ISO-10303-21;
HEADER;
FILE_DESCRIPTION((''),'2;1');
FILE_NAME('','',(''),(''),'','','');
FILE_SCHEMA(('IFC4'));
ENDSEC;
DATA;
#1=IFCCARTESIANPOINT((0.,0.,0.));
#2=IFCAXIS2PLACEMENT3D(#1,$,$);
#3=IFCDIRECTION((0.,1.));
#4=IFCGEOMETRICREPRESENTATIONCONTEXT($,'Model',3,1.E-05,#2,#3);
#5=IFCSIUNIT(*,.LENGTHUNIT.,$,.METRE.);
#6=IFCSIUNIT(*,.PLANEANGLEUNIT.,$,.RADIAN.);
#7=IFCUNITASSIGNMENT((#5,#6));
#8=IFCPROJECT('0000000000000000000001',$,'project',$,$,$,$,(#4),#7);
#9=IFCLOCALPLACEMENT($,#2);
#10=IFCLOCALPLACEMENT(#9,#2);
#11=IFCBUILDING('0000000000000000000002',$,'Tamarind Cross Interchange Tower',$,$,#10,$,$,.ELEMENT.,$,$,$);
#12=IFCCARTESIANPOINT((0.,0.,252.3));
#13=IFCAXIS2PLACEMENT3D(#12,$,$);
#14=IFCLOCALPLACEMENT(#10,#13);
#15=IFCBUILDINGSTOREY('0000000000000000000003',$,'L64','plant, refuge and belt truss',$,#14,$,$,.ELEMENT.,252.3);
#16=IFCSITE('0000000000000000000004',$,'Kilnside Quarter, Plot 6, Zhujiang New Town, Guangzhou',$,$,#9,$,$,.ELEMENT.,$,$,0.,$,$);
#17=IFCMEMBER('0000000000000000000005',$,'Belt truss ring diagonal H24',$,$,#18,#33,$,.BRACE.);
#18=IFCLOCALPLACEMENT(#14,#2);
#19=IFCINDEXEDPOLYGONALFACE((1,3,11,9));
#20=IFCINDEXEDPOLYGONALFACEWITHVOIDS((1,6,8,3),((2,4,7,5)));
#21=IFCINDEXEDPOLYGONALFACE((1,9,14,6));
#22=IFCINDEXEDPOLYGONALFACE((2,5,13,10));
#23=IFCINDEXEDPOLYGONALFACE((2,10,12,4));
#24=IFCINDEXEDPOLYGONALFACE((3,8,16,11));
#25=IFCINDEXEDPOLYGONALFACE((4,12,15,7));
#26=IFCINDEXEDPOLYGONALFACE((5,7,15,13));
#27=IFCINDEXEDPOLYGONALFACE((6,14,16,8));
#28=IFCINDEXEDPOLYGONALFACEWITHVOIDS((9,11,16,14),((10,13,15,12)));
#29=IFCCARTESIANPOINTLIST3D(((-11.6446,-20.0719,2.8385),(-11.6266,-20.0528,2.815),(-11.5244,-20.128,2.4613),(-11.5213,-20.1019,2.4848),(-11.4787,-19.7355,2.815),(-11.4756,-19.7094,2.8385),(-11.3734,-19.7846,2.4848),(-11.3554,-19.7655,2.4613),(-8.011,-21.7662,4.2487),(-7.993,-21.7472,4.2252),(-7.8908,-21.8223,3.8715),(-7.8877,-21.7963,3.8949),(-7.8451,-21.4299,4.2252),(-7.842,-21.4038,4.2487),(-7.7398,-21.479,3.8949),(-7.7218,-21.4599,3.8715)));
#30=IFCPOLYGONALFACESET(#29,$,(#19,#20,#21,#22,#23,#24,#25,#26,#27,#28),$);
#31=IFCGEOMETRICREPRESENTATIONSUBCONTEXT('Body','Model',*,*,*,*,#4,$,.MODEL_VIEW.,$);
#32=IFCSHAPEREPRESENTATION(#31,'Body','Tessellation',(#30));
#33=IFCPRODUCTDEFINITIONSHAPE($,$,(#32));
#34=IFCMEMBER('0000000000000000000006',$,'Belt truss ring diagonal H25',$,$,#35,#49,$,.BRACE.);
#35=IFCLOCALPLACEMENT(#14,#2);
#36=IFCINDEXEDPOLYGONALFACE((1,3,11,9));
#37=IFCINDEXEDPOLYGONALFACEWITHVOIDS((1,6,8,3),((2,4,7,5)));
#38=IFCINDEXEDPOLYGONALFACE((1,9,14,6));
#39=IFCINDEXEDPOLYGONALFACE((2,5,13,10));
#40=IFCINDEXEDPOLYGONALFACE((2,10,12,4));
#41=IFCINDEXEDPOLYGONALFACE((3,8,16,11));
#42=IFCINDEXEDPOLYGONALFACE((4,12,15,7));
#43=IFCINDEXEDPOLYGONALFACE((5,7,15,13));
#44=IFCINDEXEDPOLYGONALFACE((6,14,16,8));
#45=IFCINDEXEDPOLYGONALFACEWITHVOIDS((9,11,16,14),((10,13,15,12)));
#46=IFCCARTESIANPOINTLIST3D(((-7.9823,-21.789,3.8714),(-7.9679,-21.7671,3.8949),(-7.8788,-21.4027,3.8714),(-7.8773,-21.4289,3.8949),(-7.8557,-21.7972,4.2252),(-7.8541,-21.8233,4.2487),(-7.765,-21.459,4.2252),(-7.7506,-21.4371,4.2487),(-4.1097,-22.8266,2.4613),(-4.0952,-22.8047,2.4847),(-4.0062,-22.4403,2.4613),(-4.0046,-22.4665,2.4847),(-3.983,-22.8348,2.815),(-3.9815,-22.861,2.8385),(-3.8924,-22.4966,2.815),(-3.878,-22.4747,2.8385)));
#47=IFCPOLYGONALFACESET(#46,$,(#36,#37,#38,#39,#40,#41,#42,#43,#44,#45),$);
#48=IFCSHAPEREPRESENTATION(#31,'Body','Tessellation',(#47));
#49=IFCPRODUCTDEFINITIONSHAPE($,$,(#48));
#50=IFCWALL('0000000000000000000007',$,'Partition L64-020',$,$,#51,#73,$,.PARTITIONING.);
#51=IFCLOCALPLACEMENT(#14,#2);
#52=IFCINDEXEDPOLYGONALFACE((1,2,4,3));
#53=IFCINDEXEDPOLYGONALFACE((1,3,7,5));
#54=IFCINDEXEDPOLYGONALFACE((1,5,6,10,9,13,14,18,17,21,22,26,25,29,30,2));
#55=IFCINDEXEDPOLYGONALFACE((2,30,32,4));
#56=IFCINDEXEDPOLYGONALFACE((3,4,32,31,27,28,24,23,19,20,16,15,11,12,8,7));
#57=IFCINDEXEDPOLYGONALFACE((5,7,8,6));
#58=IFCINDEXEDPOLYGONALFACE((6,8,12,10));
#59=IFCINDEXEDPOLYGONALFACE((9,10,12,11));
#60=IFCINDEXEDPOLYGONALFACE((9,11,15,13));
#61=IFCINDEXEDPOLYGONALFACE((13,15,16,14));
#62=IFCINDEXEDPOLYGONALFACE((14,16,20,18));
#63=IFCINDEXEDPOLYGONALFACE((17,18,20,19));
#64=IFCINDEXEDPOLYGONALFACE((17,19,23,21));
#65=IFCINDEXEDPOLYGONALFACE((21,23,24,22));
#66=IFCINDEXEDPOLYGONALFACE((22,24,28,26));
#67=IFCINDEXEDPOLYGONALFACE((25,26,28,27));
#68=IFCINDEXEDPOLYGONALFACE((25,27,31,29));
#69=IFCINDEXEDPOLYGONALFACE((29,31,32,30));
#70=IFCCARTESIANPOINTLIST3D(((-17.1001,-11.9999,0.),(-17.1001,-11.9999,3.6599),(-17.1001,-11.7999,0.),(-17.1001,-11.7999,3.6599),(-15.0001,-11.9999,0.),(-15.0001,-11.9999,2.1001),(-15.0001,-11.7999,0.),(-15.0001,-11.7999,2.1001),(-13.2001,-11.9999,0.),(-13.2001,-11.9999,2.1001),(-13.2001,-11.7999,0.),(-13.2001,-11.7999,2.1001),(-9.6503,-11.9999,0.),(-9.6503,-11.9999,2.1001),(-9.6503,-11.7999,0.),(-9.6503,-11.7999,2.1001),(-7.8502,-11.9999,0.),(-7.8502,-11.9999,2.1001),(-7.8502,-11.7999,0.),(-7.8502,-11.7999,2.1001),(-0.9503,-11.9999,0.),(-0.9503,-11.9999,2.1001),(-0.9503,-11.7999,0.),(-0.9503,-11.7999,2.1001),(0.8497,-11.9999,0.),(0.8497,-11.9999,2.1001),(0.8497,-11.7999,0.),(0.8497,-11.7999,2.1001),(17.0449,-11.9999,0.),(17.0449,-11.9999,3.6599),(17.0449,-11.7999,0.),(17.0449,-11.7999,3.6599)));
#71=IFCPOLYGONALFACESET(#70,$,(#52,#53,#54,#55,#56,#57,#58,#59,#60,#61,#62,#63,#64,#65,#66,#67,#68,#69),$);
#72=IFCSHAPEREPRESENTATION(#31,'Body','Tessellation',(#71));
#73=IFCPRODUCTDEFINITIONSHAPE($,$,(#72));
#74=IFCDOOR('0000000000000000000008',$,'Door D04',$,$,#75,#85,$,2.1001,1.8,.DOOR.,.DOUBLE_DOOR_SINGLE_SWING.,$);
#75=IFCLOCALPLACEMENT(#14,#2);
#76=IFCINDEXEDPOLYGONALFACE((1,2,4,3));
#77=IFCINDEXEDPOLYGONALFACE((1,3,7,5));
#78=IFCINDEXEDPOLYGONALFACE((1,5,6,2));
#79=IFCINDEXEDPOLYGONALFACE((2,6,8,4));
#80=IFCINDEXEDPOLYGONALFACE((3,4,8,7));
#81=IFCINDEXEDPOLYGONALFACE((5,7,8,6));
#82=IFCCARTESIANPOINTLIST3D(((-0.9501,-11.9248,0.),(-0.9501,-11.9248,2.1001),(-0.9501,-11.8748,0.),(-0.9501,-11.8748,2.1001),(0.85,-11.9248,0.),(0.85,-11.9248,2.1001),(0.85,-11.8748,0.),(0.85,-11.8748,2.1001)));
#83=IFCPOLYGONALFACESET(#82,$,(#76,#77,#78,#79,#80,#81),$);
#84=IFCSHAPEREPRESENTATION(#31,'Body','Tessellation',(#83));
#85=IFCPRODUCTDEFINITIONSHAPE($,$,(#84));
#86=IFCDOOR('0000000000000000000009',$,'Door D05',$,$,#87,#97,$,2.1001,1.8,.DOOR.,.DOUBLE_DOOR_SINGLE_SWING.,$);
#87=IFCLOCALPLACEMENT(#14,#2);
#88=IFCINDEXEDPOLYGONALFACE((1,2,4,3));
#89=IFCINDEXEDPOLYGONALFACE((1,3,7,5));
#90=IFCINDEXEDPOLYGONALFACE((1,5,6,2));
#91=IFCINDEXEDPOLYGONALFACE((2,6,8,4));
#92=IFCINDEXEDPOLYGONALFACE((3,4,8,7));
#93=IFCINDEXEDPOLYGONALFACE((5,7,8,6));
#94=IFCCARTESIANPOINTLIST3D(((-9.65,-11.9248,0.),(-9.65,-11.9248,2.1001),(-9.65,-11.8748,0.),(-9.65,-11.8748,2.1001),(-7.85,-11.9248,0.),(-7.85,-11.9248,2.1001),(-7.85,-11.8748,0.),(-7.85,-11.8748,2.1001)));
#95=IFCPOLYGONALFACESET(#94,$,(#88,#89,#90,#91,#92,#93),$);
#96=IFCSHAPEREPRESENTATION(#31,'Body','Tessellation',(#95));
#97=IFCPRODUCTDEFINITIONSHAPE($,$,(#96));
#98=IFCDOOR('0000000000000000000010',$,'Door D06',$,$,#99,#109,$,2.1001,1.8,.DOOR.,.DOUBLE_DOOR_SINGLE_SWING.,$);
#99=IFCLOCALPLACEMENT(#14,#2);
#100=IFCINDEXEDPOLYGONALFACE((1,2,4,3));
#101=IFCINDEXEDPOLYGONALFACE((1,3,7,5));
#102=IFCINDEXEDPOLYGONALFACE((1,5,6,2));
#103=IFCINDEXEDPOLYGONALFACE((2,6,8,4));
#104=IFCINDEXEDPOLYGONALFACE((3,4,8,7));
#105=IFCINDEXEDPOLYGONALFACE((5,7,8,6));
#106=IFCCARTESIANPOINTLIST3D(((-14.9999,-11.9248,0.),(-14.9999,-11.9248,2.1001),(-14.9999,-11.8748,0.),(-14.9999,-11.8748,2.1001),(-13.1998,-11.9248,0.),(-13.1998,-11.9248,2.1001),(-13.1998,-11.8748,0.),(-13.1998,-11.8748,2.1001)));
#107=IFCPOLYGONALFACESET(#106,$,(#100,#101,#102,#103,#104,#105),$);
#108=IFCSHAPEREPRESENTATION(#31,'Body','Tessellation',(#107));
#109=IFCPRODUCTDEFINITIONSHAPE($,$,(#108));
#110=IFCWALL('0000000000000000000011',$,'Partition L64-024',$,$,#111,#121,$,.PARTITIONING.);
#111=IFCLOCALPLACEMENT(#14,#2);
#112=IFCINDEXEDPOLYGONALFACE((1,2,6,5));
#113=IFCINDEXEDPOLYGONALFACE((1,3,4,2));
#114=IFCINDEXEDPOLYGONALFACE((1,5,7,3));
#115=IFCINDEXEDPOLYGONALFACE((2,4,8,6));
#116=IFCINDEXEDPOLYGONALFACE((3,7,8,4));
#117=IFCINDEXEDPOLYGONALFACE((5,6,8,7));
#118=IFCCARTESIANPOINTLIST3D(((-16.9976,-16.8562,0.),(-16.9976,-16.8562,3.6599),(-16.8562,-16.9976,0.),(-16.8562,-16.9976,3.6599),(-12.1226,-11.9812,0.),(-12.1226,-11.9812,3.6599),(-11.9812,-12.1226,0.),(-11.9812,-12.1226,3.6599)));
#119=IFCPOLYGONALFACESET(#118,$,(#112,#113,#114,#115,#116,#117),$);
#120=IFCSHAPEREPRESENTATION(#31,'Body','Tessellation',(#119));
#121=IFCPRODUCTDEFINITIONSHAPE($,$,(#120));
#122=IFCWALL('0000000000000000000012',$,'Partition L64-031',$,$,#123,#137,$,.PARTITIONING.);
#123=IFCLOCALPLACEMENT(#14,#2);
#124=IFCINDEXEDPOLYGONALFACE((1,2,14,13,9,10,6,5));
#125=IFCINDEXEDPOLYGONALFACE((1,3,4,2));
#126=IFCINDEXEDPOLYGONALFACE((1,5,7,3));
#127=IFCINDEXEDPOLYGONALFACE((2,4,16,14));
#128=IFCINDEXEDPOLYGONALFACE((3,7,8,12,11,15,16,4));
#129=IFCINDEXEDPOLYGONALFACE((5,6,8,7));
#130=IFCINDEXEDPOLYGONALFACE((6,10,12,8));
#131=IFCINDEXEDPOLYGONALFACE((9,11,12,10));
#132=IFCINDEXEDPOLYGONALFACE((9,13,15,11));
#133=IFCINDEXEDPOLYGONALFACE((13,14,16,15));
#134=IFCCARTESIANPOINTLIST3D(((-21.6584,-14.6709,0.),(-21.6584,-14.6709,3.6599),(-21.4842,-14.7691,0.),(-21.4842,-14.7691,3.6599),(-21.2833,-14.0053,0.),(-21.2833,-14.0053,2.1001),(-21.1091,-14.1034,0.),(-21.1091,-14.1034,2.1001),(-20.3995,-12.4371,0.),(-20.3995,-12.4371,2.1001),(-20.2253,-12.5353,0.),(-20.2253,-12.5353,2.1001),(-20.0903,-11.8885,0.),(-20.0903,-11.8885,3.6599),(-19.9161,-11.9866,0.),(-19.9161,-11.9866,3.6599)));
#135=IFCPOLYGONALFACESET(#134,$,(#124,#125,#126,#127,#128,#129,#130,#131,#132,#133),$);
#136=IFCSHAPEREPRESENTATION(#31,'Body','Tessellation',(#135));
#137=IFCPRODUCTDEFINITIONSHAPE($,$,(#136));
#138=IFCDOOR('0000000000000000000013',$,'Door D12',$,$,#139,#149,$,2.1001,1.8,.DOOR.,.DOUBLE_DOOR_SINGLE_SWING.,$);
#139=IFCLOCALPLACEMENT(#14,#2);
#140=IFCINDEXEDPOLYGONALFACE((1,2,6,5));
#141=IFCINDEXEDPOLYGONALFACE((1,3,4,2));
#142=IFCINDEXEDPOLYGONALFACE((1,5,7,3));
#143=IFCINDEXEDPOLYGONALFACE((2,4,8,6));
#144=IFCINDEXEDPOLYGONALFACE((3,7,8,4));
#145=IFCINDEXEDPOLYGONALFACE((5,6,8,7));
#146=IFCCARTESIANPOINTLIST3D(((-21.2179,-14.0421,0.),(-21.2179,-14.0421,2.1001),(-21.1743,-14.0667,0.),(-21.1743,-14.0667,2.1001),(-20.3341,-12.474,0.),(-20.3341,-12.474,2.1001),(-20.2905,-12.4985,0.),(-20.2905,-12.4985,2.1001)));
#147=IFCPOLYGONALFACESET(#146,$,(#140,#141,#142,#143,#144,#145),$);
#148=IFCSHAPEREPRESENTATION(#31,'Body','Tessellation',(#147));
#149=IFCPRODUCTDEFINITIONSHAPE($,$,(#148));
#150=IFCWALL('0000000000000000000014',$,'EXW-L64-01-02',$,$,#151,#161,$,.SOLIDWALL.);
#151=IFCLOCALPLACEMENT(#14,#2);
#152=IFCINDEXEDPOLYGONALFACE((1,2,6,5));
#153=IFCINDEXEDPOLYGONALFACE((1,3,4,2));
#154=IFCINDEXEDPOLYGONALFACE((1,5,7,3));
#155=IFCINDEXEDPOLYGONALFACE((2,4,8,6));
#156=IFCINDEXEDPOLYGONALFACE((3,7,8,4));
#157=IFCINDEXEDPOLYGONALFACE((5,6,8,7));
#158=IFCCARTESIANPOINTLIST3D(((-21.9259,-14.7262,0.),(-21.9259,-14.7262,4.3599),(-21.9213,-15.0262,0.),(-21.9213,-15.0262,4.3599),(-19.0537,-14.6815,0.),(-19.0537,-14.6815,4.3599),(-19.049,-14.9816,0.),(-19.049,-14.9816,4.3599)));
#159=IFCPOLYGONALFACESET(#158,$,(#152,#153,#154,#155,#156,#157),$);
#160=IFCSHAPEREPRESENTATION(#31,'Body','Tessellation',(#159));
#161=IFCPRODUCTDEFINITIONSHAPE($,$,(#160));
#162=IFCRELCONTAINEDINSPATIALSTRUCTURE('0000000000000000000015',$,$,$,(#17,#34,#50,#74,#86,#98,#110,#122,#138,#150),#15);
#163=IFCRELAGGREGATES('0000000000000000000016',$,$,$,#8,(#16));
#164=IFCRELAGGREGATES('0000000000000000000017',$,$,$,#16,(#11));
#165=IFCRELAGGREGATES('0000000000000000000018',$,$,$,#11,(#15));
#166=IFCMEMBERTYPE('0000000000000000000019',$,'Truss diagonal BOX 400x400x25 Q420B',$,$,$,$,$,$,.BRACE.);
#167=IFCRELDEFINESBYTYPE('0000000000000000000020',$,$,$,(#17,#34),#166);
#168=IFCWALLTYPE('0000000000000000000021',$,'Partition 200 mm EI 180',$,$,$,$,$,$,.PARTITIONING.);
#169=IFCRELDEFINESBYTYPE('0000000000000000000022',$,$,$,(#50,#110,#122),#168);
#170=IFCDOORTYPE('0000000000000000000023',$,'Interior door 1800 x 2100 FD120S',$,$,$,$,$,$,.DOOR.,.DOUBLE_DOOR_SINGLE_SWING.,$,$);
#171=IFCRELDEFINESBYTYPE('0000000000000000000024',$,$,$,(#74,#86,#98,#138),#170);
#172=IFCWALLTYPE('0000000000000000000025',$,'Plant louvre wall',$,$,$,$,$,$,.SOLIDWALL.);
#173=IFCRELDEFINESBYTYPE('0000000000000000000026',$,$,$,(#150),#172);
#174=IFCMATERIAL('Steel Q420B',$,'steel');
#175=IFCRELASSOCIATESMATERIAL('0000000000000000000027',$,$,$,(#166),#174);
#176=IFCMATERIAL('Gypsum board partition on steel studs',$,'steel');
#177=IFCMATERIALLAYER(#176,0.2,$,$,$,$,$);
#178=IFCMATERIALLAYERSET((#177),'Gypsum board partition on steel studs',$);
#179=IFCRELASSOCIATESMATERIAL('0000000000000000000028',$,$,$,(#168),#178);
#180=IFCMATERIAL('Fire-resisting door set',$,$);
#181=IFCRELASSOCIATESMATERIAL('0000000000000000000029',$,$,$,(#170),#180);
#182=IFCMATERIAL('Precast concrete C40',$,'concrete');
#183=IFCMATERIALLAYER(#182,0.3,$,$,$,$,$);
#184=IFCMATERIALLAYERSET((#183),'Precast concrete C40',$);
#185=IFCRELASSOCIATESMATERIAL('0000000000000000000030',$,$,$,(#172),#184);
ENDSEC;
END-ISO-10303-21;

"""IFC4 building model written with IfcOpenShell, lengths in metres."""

from ifc_helpers import new_model, si_unit, direction, frame, frame_2d, origin, origin_2d, place, context, subcontext, project, spatial, rectangle, hollow_rectangle, extrude, material, layer, layer_set, material_profile, profile_set, type_object, element, fill, save


model = new_model("IFC4")

# Units and contexts
model_context = context("Model", 3, precision=1e-05, world=origin(), true_north=direction((0.0, 1.0)))
body_context = subcontext(model_context, "Body", "Model", "MODEL_VIEW")
ifc_project = project(units=[si_unit("LENGTHUNIT", "METRE"), si_unit("PLANEANGLEUNIT", "RADIAN")], contexts=[model_context])

# Site, building, storey
site_placement = place(None, origin())
site = spatial("IfcSite", under=ifc_project, at=site_placement, Name="Kilnside Quarter, Plot 6, Zhujiang New Town, Guangzhou", CompositionType="ELEMENT", RefElevation=0.0)
building_placement = place(site_placement, origin())
building = spatial("IfcBuilding", under=site, at=building_placement, Name="Tamarind Cross Interchange Tower", CompositionType="ELEMENT")
storey_placement = place(building_placement, frame((0.0, 0.0, 252.3)))
storey = spatial("IfcBuildingStorey", under=building, at=storey_placement, Name="L64", Description="plant, refuge and belt truss", CompositionType="ELEMENT", Elevation=252.3)

# Members
ifc_material_1 = material(Name="Steel Q420B", Category="steel")
ifc_material_profile_1 = material_profile(ifc_material_1, hollow_rectangle(XDim=0.3999, YDim=0.3999, WallThickness=0.0249, at=origin_2d()), Name="BOX 400x400x25")
ifc_profile_set_1 = profile_set([ifc_material_profile_1], Name="Steel Q420B")
member_type_1 = type_object("IfcMemberType", Name="Truss diagonal BOX 400x400x25 Q420B", PredefinedType="BRACE", material=ifc_profile_set_1)
for number, where, z_axis, x_axis, name in (
    (1, (-11.5, -19.9187, 2.6499), (0.854964, -0.398673, 0.331806), (0.422615, 0.906309, 0.0), "Belt truss ring diagonal H24"),
    (2, (-7.8665, -21.613, 4.0601), (0.911206, -0.244145, -0.331807), (0.258807, 0.965929, 0.0), "Belt truss ring diagonal H25"),
):
    element("IfcMember", number, at=place(storey_placement, frame(where, z_axis=z_axis, x_axis=x_axis)), inside=storey, type_object=member_type_1, Name=name, PredefinedType="BRACE", context=body_context, shape_type="SweptSolid", body=[
        extrude(hollow_rectangle(XDim=0.3999, YDim=0.3999, WallThickness=0.0249, at=origin_2d()), origin(), (0.0, 0.0, 1.0), 4.25),
    ])

# Wall, openings, doors
ifc_material_2 = material(Name="Gypsum board partition on steel studs", Category="steel")
ifc_layer_1 = layer(ifc_material_2, 0.2)
ifc_layer_set_1 = layer_set([ifc_layer_1], Name="Gypsum board partition on steel studs")
wall_type_1 = type_object("IfcWallType", Name="Partition 200 mm EI 180", PredefinedType="PARTITIONING", material=ifc_layer_set_1)
wall_1_placement = place(storey_placement, frame((-17.1001, -11.8999, 0.0), z_axis=(0.0, 0.0, 1.0), x_axis=(1.0, 0.0, 0.0)))
wall_1 = element("IfcWall", 3, at=wall_1_placement, inside=storey, type_object=wall_type_1, Name="Partition L64-020", PredefinedType="PARTITIONING", context=body_context, shape_type="SweptSolid", body=[
    extrude(rectangle(XDim=34.145, YDim=0.2, at=frame_2d((17.0725, 0.0))), origin(), (0.0, 0.0, 1.0), 3.6599),
])
opening_1_placement = place(wall_1_placement, frame((16.1499, 0.0, 0.0)))
opening_1 = element("IfcOpeningElement", 4, at=opening_1_placement, cuts=wall_1, PredefinedType="OPENING", context=body_context, shape_type="SweptSolid", body=[
    extrude(rectangle(XDim=1.8, YDim=2.1001, at=frame_2d((0.8999, 1.05))), frame((0.0, 0.1099, 0.0), z_axis=(0.0, -1.0, 0.0), x_axis=(1.0, 0.0, 0.0)), (0.0, 0.0, 1.0), 0.22),
])
opening_2_placement = place(wall_1_placement, frame((7.45, 0.0, 0.0)))
opening_2 = element("IfcOpeningElement", 5, at=opening_2_placement, cuts=wall_1, PredefinedType="OPENING", context=body_context, shape_type="SweptSolid", body=[
    extrude(rectangle(XDim=1.8, YDim=2.1001, at=frame_2d((0.8999, 1.05))), frame((0.0, 0.1099, 0.0), z_axis=(0.0, -1.0, 0.0), x_axis=(1.0, 0.0, 0.0)), (0.0, 0.0, 1.0), 0.22),
])
opening_3_placement = place(wall_1_placement, frame((2.1001, 0.0, 0.0)))
opening_3 = element("IfcOpeningElement", 6, at=opening_3_placement, cuts=wall_1, PredefinedType="OPENING", context=body_context, shape_type="SweptSolid", body=[
    extrude(rectangle(XDim=1.8, YDim=2.1001, at=frame_2d((0.8999, 1.05))), frame((0.0, 0.1099, 0.0), z_axis=(0.0, -1.0, 0.0), x_axis=(1.0, 0.0, 0.0)), (0.0, 0.0, 1.0), 0.22),
])
ifc_material_3 = material(Name="Fire-resisting door set")
door_type = type_object("IfcDoorType", Name="Interior door 1800 x 2100 FD120S", OperationType="DOUBLE_DOOR_SINGLE_SWING", PredefinedType="DOOR", material=ifc_material_3)
door_1_placement = place(opening_1_placement, frame((1.8, 0.0, 0.0), z_axis=(0.0, 0.0, 1.0), x_axis=(-1.0, 0.0, 0.0)))
door_1 = element("IfcDoor", 7, at=door_1_placement, inside=storey, type_object=door_type, Name="Door D04", OperationType="DOUBLE_DOOR_SINGLE_SWING", OverallHeight=2.1001, OverallWidth=1.8, PredefinedType="DOOR", context=body_context, shape_type="SweptSolid", body=[
    extrude(rectangle(XDim=1.8, YDim=2.1001, at=frame_2d((0.8999, 1.05))), frame((0.0, 0.0249, 0.0), z_axis=(0.0, -1.0, 0.0), x_axis=(1.0, 0.0, 0.0)), (0.0, 0.0, 1.0), 0.05),
])
fill(opening_1, door_1)
door_2_placement = place(opening_2_placement, frame((1.8, 0.0, 0.0), z_axis=(0.0, 0.0, 1.0), x_axis=(-1.0, 0.0, 0.0)))
door_2 = element("IfcDoor", 8, at=door_2_placement, inside=storey, type_object=door_type, Name="Door D05", OperationType="DOUBLE_DOOR_SINGLE_SWING", OverallHeight=2.1001, OverallWidth=1.8, PredefinedType="DOOR", context=body_context, shape_type="SweptSolid", body=[
    extrude(rectangle(XDim=1.8, YDim=2.1001, at=frame_2d((0.8999, 1.05))), frame((0.0, 0.0249, 0.0), z_axis=(0.0, -1.0, 0.0), x_axis=(1.0, 0.0, 0.0)), (0.0, 0.0, 1.0), 0.05),
])
fill(opening_2, door_2)
door_3_placement = place(opening_3_placement, frame((1.8, 0.0, 0.0), z_axis=(0.0, 0.0, 1.0), x_axis=(-1.0, 0.0, 0.0)))
door_3 = element("IfcDoor", 9, at=door_3_placement, inside=storey, type_object=door_type, Name="Door D06", OperationType="DOUBLE_DOOR_SINGLE_SWING", OverallHeight=2.1001, OverallWidth=1.8, PredefinedType="DOOR", context=body_context, shape_type="SweptSolid", body=[
    extrude(rectangle(XDim=1.8, YDim=2.1001, at=frame_2d((0.8999, 1.05))), frame((0.0, 0.0249, 0.0), z_axis=(0.0, -1.0, 0.0), x_axis=(1.0, 0.0, 0.0)), (0.0, 0.0, 1.0), 0.05),
])
fill(opening_3, door_3)

# Wall
wall_2_placement = place(storey_placement, frame((-16.927, -16.927, 0.0), z_axis=(0.0, 0.0, 1.0), x_axis=(0.707107, 0.707107, 0.0)))
element("IfcWall", 10, at=wall_2_placement, inside=storey, type_object=wall_type_1, Name="Partition L64-024", PredefinedType="PARTITIONING", context=body_context, shape_type="SweptSolid", body=[
    extrude(rectangle(XDim=6.8943, YDim=0.2, at=frame_2d((3.4473, 0.0))), origin(), (0.0, 0.0, 1.0), 3.6599),
])

# Wall, opening, door
wall_3_placement = place(storey_placement, frame((-21.5713, -14.72, 0.0), z_axis=(0.0, 0.0, 1.0), x_axis=(0.490969, 0.871177, 0.0)))
wall_3 = element("IfcWall", 11, at=wall_3_placement, inside=storey, type_object=wall_type_1, Name="Partition L64-031", PredefinedType="PARTITIONING", context=body_context, shape_type="SweptSolid", body=[
    extrude(rectangle(XDim=3.1938, YDim=0.2, at=frame_2d((1.5969, 0.0))), origin(), (0.0, 0.0, 1.0), 3.6599),
])
opening_4_placement = place(wall_3_placement, frame((0.7642, 0.0, 0.0)))
opening_4 = element("IfcOpeningElement", 12, at=opening_4_placement, cuts=wall_3, PredefinedType="OPENING", context=body_context, shape_type="SweptSolid", body=[
    extrude(rectangle(XDim=1.8, YDim=2.1001, at=frame_2d((0.8999, 1.05))), frame((0.0, 0.1099, 0.0), z_axis=(0.0, -1.0, 0.0), x_axis=(1.0, 0.0, 0.0)), (0.0, 0.0, 1.0), 0.22),
])
door_4_placement = place(opening_4_placement, origin())
door_4 = element("IfcDoor", 13, at=door_4_placement, inside=storey, type_object=door_type, Name="Door D12", OperationType="DOUBLE_DOOR_SINGLE_SWING", OverallHeight=2.1001, OverallWidth=1.8, PredefinedType="DOOR", context=body_context, shape_type="SweptSolid", body=[
    extrude(rectangle(XDim=1.8, YDim=2.1001, at=frame_2d((0.8999, 1.05))), frame((0.0, 0.0249, 0.0), z_axis=(0.0, -1.0, 0.0), x_axis=(1.0, 0.0, 0.0)), (0.0, 0.0, 1.0), 0.05),
])
fill(opening_4, door_4)

# Wall
ifc_material_4 = material(Name="Precast concrete C40", Category="concrete")
ifc_layer_2 = layer(ifc_material_4, 0.3)
ifc_layer_set_2 = layer_set([ifc_layer_2], Name="Precast concrete C40")
wall_type_2 = type_object("IfcWallType", Name="Plant louvre wall", PredefinedType="SOLIDWALL", material=ifc_layer_set_2)
wall_4_placement = place(storey_placement, frame((-21.9236, -14.8762, 0.0), z_axis=(0.0, 0.0, 1.0), x_axis=(0.999879, 0.015553, 0.0)))
element("IfcWall", 14, at=wall_4_placement, inside=storey, type_object=wall_type_2, Name="EXW-L64-01-02", PredefinedType="SOLIDWALL", context=body_context, shape_type="SweptSolid", body=[
    extrude(rectangle(XDim=2.8726, YDim=0.3, at=frame_2d((1.4363, 0.0))), origin(), (0.0, 0.0, 1.0), 4.3599),
])

save(model, "model.ifc")
